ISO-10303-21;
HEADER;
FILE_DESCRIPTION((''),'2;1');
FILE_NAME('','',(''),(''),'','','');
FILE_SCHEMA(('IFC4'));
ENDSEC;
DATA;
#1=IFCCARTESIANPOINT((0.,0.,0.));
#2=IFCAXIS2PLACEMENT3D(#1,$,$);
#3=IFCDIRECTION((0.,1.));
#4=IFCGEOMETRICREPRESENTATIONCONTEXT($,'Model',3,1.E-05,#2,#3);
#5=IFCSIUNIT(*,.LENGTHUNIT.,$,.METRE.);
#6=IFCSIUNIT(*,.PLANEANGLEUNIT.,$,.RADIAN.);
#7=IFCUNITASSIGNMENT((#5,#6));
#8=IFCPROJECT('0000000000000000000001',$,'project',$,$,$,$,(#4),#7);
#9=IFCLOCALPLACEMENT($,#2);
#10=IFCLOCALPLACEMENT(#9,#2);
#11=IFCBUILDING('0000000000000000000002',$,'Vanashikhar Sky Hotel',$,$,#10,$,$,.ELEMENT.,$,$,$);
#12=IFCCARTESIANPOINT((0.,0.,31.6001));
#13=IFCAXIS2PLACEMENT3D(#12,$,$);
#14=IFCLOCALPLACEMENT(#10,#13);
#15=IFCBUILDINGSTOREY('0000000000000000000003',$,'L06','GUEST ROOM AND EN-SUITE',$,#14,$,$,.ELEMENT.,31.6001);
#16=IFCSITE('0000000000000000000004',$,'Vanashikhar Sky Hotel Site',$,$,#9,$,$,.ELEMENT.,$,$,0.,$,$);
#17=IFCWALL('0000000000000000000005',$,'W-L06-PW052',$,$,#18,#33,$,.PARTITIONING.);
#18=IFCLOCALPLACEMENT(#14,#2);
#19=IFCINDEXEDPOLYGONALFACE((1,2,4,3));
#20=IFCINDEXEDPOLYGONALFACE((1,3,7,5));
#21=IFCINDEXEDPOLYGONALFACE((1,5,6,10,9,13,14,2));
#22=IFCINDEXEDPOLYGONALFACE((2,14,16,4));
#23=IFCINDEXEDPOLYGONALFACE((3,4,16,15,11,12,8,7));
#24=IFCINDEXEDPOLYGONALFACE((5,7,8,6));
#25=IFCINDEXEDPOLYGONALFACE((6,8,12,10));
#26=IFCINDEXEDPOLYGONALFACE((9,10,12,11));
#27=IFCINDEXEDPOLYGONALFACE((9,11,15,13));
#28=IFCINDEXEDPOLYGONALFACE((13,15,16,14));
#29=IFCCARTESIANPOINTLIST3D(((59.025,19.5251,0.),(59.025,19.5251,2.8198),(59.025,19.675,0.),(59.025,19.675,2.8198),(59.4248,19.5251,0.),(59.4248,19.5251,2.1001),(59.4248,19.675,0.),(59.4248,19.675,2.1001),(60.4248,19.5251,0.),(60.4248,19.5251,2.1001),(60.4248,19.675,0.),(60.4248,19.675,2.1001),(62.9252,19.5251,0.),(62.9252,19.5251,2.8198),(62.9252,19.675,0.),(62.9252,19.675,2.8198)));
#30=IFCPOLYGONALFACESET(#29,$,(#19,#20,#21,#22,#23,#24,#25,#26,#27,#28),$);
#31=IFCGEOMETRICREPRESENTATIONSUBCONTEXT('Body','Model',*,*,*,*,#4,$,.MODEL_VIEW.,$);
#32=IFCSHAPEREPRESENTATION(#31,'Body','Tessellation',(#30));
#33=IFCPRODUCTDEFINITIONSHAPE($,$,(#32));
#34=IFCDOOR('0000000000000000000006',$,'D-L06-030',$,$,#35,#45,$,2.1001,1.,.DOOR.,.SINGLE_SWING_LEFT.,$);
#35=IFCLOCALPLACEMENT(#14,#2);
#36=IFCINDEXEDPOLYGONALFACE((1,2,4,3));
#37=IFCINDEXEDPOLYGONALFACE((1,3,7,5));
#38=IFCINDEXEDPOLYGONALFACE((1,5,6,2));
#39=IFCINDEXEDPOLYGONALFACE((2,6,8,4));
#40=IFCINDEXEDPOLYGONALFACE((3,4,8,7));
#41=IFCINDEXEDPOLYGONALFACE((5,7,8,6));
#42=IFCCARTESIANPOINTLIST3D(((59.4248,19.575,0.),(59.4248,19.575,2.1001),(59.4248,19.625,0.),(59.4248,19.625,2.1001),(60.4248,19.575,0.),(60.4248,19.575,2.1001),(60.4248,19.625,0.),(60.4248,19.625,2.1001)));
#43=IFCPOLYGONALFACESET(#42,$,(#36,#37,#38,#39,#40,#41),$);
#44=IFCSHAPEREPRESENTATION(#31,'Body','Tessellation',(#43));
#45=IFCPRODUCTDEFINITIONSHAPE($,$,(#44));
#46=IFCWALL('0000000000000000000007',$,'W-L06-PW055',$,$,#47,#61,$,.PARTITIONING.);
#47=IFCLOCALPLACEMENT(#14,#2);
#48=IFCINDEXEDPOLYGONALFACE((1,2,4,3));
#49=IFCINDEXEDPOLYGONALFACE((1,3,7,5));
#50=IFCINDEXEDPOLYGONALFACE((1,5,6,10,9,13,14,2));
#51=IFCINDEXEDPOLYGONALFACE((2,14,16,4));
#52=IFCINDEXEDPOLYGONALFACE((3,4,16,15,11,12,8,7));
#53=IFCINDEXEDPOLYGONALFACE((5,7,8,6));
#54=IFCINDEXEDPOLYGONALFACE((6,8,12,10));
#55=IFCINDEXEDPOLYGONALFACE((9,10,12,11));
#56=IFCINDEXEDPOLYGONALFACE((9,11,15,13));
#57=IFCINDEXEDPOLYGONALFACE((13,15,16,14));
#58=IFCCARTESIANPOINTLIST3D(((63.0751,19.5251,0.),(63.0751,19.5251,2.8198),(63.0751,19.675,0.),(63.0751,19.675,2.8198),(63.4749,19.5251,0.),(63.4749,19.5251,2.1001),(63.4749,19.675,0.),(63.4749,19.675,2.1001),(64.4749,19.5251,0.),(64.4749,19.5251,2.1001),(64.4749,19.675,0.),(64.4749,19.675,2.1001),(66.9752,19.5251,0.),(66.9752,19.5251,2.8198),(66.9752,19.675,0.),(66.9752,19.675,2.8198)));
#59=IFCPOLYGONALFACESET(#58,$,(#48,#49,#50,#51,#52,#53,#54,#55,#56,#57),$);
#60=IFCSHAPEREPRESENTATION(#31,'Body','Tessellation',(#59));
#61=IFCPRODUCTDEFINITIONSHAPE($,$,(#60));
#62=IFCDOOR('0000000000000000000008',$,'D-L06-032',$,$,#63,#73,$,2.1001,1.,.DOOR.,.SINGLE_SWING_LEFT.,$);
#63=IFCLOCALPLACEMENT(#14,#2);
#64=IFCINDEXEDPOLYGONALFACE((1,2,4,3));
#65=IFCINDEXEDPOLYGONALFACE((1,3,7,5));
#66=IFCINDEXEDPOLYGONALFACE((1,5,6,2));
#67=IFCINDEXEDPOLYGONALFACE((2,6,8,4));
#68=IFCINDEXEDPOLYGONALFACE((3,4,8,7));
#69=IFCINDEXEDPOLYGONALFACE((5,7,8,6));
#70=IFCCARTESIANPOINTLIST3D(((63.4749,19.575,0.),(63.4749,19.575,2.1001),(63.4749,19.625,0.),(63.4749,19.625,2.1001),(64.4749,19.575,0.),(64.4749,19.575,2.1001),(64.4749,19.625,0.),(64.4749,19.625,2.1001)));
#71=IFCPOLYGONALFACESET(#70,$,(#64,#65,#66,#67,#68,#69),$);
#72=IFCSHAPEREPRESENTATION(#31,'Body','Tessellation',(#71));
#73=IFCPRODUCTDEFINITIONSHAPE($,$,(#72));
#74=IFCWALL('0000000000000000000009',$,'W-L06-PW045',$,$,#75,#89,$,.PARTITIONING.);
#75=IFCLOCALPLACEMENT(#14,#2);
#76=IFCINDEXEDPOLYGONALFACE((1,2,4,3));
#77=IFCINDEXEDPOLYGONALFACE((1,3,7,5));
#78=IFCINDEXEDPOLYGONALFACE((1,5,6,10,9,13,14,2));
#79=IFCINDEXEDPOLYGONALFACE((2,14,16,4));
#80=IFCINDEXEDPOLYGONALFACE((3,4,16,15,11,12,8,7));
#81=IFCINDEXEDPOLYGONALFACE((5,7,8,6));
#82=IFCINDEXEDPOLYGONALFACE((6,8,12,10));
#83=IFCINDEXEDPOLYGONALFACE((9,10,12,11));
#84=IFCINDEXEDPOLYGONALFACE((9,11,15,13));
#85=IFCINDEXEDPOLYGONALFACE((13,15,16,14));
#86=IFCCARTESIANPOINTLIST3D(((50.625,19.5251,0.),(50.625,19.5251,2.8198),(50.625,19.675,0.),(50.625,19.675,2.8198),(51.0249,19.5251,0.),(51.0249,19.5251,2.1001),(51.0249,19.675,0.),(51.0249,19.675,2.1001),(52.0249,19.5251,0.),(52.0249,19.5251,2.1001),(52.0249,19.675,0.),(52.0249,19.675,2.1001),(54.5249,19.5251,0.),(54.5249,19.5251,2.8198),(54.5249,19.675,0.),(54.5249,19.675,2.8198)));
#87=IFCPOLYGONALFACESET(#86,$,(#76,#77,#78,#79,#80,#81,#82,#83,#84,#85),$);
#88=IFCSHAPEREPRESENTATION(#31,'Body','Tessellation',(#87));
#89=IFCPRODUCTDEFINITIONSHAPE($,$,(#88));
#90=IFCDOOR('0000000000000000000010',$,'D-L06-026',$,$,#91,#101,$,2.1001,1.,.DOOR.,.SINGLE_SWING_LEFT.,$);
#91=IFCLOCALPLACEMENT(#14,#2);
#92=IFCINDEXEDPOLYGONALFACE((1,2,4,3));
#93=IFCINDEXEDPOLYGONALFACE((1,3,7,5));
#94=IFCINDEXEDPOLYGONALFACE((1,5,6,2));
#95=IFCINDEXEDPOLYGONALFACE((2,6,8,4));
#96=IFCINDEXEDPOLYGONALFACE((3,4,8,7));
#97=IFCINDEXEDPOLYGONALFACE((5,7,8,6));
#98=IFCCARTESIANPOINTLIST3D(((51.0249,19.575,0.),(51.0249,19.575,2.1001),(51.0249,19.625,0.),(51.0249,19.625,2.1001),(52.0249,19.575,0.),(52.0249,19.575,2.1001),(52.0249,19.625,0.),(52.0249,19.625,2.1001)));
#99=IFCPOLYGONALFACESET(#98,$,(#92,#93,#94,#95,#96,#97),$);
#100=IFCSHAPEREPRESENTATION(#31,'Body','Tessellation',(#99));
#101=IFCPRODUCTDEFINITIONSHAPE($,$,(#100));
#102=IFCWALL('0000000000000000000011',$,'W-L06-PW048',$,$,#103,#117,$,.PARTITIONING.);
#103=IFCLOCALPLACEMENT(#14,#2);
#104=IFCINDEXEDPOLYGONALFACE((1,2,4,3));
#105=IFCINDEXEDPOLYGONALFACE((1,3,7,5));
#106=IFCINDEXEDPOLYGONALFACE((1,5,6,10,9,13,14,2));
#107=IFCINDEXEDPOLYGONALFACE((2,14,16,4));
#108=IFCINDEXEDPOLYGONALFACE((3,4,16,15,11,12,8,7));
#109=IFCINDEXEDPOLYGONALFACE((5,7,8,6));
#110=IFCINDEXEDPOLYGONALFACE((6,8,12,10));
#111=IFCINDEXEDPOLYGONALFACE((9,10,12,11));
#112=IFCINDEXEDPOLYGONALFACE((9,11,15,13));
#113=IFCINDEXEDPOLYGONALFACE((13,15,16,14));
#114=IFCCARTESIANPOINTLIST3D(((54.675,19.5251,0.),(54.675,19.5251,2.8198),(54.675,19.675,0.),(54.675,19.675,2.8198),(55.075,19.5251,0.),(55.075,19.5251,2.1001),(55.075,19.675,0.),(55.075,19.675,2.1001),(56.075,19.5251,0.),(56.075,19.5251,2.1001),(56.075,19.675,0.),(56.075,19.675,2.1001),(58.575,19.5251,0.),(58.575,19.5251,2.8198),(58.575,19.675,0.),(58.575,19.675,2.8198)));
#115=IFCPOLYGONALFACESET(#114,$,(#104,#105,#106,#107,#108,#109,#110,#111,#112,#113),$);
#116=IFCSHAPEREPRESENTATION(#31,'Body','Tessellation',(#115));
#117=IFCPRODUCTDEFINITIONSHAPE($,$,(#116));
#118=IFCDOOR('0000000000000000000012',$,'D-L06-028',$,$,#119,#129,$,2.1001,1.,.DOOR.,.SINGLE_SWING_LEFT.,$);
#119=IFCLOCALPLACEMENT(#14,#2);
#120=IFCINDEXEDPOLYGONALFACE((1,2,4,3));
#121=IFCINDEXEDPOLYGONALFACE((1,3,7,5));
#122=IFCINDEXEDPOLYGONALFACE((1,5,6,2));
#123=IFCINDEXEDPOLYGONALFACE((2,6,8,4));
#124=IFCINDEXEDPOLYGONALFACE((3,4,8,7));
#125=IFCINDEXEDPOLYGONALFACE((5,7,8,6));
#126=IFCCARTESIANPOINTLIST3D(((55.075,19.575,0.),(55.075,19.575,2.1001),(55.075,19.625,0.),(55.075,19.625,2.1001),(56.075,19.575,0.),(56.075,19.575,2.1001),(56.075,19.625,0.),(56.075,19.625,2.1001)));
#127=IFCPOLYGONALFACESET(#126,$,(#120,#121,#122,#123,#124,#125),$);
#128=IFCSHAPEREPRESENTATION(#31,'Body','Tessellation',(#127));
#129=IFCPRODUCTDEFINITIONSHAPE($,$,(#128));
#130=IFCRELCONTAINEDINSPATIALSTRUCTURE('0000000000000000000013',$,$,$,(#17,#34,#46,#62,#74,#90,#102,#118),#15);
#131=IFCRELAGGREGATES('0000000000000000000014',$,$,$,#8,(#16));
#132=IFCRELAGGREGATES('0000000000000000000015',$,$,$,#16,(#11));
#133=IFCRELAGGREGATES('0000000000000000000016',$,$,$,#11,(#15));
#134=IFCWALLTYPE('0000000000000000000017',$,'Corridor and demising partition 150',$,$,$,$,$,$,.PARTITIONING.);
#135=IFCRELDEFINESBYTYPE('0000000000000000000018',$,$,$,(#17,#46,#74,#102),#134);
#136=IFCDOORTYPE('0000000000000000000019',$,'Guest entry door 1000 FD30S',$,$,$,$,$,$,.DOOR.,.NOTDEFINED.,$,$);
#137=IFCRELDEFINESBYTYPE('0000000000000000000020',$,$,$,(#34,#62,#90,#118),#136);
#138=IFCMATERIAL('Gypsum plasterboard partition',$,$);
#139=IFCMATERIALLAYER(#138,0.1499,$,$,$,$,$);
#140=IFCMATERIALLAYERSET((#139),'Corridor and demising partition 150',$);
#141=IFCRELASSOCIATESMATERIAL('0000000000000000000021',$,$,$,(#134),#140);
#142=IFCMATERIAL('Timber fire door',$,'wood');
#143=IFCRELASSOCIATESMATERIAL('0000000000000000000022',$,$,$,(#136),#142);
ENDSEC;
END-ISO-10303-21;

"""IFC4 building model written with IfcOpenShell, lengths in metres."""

from ifc_helpers import new_model, si_unit, direction, frame, frame_2d, origin, place, context, subcontext, project, spatial, rectangle, extrude, source, transform, mapped, material, layer, layer_set, type_object, element, fill, save


model = new_model("IFC4")

# Units and contexts
model_context = context("Model", 3, precision=1e-05, world=origin(), true_north=direction((0.0, 1.0)))
body_context = subcontext(model_context, "Body", "Model", "MODEL_VIEW")
ifc_project = project(units=[si_unit("LENGTHUNIT", "METRE"), si_unit("PLANEANGLEUNIT", "RADIAN")], contexts=[model_context])

# Site, building, storey
site_placement = place(None, origin())
site = spatial("IfcSite", under=ifc_project, at=site_placement, Name="Vanashikhar Sky Hotel Site", CompositionType="ELEMENT", RefElevation=0.0)
building_placement = place(site_placement, origin())
building = spatial("IfcBuilding", under=site, at=building_placement, Name="Vanashikhar Sky Hotel", CompositionType="ELEMENT")
storey_placement = place(building_placement, frame((0.0, 0.0, 31.6001)))
storey = spatial("IfcBuildingStorey", under=building, at=storey_placement, Name="L06", Description="GUEST ROOM AND EN-SUITE", CompositionType="ELEMENT", Elevation=31.6001)

# Shared definitions
ifc_material_1 = material(Name="Gypsum plasterboard partition")

# Walls, openings, doors
ifc_layer_1 = layer(ifc_material_1, 0.1499)
ifc_layer_set_1 = layer_set([ifc_layer_1], Name="Corridor and demising partition 150")
wall_type_1 = type_object("IfcWallType", Name="Corridor and demising partition 150", PredefinedType="PARTITIONING", material=ifc_layer_set_1)
shared_shape_1 = source(origin(), body_context, "Body", "SweptSolid", [
    extrude(rectangle(XDim=3.9001, YDim=0.1499, at=frame_2d((1.9502, 0.0))), origin(), (0.0, 0.0, 1.0), 2.8198),
])
shared_shape_2 = source(origin(), body_context, "Body", "SweptSolid", [
    extrude(rectangle(XDim=1.0, YDim=2.1001, at=frame_2d((0.5, 1.05))), frame((0.0, 0.085, 0.0), z_axis=(0.0, -1.0, 0.0), x_axis=(1.0, 0.0, 0.0)), (0.0, 0.0, 1.0), 0.1699),
])
ifc_material_2 = material(Name="Timber fire door", Category="wood")
door_type_1 = type_object("IfcDoorType", Name="Guest entry door 1000 FD30S", OperationType="NOTDEFINED", PredefinedType="DOOR", material=ifc_material_2)
shared_shape_3 = source(origin(), body_context, "Body", "SweptSolid", [
    extrude(rectangle(XDim=1.0, YDim=2.1001, at=frame_2d((0.5, 1.05))), frame((0.0, 0.0249, 0.0), z_axis=(0.0, -1.0, 0.0), x_axis=(1.0, 0.0, 0.0)), (0.0, 0.0, 1.0), 0.05),
])
wall_1_placement = place(storey_placement, frame((59.0249, 19.6001, 0.0), z_axis=(0.0, 0.0, 1.0), x_axis=(1.0, 0.0, 0.0)))
wall_1 = element("IfcWall", 1, at=wall_1_placement, inside=storey, type_object=wall_type_1, Name="W-L06-PW052", PredefinedType="PARTITIONING", context=body_context, shape_type="MappedRepresentation", body=[
    mapped(shared_shape_1, transform((0.0, 0.0, 0.0), scale=1.0)),
])
opening_1_placement = place(wall_1_placement, frame((0.3999, 0.0, 0.0)))
opening_1 = element("IfcOpeningElement", 2, at=opening_1_placement, cuts=wall_1, PredefinedType="OPENING", context=body_context, shape_type="MappedRepresentation", body=[
    mapped(shared_shape_2, transform((0.0, 0.0, 0.0), scale=1.0)),
])
door_1_placement = place(opening_1_placement, origin())
door_1 = element("IfcDoor", 3, at=door_1_placement, inside=storey, type_object=door_type_1, Name="D-L06-030", OperationType="SINGLE_SWING_LEFT", OverallHeight=2.1001, OverallWidth=1.0, PredefinedType="DOOR", context=body_context, shape_type="MappedRepresentation", body=[
    mapped(shared_shape_3, transform((0.0, 0.0, 0.0), scale=1.0)),
])
fill(opening_1, door_1)
wall_2_placement = place(storey_placement, frame((63.075, 19.6001, 0.0), z_axis=(0.0, 0.0, 1.0), x_axis=(1.0, 0.0, 0.0)))
wall_2 = element("IfcWall", 4, at=wall_2_placement, inside=storey, type_object=wall_type_1, Name="W-L06-PW055", PredefinedType="PARTITIONING", context=body_context, shape_type="MappedRepresentation", body=[
    mapped(shared_shape_1, transform((0.0, 0.0, 0.0), scale=1.0)),
])
opening_2_placement = place(wall_2_placement, frame((0.3999, 0.0, 0.0)))
opening_2 = element("IfcOpeningElement", 5, at=opening_2_placement, cuts=wall_2, PredefinedType="OPENING", context=body_context, shape_type="MappedRepresentation", body=[
    mapped(shared_shape_2, transform((0.0, 0.0, 0.0), scale=1.0)),
])
door_2_placement = place(opening_2_placement, origin())
door_2 = element("IfcDoor", 6, at=door_2_placement, inside=storey, type_object=door_type_1, Name="D-L06-032", OperationType="SINGLE_SWING_LEFT", OverallHeight=2.1001, OverallWidth=1.0, PredefinedType="DOOR", context=body_context, shape_type="MappedRepresentation", body=[
    mapped(shared_shape_3, transform((0.0, 0.0, 0.0), scale=1.0)),
])
fill(opening_2, door_2)
shared_shape_4 = source(origin(), body_context, "Body", "SweptSolid", [
    extrude(rectangle(XDim=3.8999, YDim=0.1499, at=frame_2d((1.95, 0.0))), origin(), (0.0, 0.0, 1.0), 2.8198),
])
wall_3_placement = place(storey_placement, frame((50.625, 19.6001, 0.0), z_axis=(0.0, 0.0, 1.0), x_axis=(1.0, 0.0, 0.0)))
wall_3 = element("IfcWall", 7, at=wall_3_placement, inside=storey, type_object=wall_type_1, Name="W-L06-PW045", PredefinedType="PARTITIONING", context=body_context, shape_type="MappedRepresentation", body=[
    mapped(shared_shape_4, transform((0.0, 0.0, 0.0), scale=1.0)),
])
opening_3_placement = place(wall_3_placement, frame((0.3999, 0.0, 0.0)))
opening_3 = element("IfcOpeningElement", 8, at=opening_3_placement, cuts=wall_3, PredefinedType="OPENING", context=body_context, shape_type="MappedRepresentation", body=[
    mapped(shared_shape_2, transform((0.0, 0.0, 0.0), scale=1.0)),
])
door_3_placement = place(opening_3_placement, origin())
door_3 = element("IfcDoor", 9, at=door_3_placement, inside=storey, type_object=door_type_1, Name="D-L06-026", OperationType="SINGLE_SWING_LEFT", OverallHeight=2.1001, OverallWidth=1.0, PredefinedType="DOOR", context=body_context, shape_type="MappedRepresentation", body=[
    mapped(shared_shape_3, transform((0.0, 0.0, 0.0), scale=1.0)),
])
fill(opening_3, door_3)
wall_4_placement = place(storey_placement, frame((54.675, 19.6001, 0.0), z_axis=(0.0, 0.0, 1.0), x_axis=(1.0, 0.0, 0.0)))
wall_4 = element("IfcWall", 10, at=wall_4_placement, inside=storey, type_object=wall_type_1, Name="W-L06-PW048", PredefinedType="PARTITIONING", context=body_context, shape_type="MappedRepresentation", body=[
    mapped(shared_shape_4, transform((0.0, 0.0, 0.0), scale=1.0)),
])
opening_4_placement = place(wall_4_placement, frame((0.3999, 0.0, 0.0)))
opening_4 = element("IfcOpeningElement", 11, at=opening_4_placement, cuts=wall_4, PredefinedType="OPENING", context=body_context, shape_type="MappedRepresentation", body=[
    mapped(shared_shape_2, transform((0.0, 0.0, 0.0), scale=1.0)),
])
door_4_placement = place(opening_4_placement, origin())
door_4 = element("IfcDoor", 12, at=door_4_placement, inside=storey, type_object=door_type_1, Name="D-L06-028", OperationType="SINGLE_SWING_LEFT", OverallHeight=2.1001, OverallWidth=1.0, PredefinedType="DOOR", context=body_context, shape_type="MappedRepresentation", body=[
    mapped(shared_shape_3, transform((0.0, 0.0, 0.0), scale=1.0)),
])
fill(opening_4, door_4)

save(model, "model.ifc")
